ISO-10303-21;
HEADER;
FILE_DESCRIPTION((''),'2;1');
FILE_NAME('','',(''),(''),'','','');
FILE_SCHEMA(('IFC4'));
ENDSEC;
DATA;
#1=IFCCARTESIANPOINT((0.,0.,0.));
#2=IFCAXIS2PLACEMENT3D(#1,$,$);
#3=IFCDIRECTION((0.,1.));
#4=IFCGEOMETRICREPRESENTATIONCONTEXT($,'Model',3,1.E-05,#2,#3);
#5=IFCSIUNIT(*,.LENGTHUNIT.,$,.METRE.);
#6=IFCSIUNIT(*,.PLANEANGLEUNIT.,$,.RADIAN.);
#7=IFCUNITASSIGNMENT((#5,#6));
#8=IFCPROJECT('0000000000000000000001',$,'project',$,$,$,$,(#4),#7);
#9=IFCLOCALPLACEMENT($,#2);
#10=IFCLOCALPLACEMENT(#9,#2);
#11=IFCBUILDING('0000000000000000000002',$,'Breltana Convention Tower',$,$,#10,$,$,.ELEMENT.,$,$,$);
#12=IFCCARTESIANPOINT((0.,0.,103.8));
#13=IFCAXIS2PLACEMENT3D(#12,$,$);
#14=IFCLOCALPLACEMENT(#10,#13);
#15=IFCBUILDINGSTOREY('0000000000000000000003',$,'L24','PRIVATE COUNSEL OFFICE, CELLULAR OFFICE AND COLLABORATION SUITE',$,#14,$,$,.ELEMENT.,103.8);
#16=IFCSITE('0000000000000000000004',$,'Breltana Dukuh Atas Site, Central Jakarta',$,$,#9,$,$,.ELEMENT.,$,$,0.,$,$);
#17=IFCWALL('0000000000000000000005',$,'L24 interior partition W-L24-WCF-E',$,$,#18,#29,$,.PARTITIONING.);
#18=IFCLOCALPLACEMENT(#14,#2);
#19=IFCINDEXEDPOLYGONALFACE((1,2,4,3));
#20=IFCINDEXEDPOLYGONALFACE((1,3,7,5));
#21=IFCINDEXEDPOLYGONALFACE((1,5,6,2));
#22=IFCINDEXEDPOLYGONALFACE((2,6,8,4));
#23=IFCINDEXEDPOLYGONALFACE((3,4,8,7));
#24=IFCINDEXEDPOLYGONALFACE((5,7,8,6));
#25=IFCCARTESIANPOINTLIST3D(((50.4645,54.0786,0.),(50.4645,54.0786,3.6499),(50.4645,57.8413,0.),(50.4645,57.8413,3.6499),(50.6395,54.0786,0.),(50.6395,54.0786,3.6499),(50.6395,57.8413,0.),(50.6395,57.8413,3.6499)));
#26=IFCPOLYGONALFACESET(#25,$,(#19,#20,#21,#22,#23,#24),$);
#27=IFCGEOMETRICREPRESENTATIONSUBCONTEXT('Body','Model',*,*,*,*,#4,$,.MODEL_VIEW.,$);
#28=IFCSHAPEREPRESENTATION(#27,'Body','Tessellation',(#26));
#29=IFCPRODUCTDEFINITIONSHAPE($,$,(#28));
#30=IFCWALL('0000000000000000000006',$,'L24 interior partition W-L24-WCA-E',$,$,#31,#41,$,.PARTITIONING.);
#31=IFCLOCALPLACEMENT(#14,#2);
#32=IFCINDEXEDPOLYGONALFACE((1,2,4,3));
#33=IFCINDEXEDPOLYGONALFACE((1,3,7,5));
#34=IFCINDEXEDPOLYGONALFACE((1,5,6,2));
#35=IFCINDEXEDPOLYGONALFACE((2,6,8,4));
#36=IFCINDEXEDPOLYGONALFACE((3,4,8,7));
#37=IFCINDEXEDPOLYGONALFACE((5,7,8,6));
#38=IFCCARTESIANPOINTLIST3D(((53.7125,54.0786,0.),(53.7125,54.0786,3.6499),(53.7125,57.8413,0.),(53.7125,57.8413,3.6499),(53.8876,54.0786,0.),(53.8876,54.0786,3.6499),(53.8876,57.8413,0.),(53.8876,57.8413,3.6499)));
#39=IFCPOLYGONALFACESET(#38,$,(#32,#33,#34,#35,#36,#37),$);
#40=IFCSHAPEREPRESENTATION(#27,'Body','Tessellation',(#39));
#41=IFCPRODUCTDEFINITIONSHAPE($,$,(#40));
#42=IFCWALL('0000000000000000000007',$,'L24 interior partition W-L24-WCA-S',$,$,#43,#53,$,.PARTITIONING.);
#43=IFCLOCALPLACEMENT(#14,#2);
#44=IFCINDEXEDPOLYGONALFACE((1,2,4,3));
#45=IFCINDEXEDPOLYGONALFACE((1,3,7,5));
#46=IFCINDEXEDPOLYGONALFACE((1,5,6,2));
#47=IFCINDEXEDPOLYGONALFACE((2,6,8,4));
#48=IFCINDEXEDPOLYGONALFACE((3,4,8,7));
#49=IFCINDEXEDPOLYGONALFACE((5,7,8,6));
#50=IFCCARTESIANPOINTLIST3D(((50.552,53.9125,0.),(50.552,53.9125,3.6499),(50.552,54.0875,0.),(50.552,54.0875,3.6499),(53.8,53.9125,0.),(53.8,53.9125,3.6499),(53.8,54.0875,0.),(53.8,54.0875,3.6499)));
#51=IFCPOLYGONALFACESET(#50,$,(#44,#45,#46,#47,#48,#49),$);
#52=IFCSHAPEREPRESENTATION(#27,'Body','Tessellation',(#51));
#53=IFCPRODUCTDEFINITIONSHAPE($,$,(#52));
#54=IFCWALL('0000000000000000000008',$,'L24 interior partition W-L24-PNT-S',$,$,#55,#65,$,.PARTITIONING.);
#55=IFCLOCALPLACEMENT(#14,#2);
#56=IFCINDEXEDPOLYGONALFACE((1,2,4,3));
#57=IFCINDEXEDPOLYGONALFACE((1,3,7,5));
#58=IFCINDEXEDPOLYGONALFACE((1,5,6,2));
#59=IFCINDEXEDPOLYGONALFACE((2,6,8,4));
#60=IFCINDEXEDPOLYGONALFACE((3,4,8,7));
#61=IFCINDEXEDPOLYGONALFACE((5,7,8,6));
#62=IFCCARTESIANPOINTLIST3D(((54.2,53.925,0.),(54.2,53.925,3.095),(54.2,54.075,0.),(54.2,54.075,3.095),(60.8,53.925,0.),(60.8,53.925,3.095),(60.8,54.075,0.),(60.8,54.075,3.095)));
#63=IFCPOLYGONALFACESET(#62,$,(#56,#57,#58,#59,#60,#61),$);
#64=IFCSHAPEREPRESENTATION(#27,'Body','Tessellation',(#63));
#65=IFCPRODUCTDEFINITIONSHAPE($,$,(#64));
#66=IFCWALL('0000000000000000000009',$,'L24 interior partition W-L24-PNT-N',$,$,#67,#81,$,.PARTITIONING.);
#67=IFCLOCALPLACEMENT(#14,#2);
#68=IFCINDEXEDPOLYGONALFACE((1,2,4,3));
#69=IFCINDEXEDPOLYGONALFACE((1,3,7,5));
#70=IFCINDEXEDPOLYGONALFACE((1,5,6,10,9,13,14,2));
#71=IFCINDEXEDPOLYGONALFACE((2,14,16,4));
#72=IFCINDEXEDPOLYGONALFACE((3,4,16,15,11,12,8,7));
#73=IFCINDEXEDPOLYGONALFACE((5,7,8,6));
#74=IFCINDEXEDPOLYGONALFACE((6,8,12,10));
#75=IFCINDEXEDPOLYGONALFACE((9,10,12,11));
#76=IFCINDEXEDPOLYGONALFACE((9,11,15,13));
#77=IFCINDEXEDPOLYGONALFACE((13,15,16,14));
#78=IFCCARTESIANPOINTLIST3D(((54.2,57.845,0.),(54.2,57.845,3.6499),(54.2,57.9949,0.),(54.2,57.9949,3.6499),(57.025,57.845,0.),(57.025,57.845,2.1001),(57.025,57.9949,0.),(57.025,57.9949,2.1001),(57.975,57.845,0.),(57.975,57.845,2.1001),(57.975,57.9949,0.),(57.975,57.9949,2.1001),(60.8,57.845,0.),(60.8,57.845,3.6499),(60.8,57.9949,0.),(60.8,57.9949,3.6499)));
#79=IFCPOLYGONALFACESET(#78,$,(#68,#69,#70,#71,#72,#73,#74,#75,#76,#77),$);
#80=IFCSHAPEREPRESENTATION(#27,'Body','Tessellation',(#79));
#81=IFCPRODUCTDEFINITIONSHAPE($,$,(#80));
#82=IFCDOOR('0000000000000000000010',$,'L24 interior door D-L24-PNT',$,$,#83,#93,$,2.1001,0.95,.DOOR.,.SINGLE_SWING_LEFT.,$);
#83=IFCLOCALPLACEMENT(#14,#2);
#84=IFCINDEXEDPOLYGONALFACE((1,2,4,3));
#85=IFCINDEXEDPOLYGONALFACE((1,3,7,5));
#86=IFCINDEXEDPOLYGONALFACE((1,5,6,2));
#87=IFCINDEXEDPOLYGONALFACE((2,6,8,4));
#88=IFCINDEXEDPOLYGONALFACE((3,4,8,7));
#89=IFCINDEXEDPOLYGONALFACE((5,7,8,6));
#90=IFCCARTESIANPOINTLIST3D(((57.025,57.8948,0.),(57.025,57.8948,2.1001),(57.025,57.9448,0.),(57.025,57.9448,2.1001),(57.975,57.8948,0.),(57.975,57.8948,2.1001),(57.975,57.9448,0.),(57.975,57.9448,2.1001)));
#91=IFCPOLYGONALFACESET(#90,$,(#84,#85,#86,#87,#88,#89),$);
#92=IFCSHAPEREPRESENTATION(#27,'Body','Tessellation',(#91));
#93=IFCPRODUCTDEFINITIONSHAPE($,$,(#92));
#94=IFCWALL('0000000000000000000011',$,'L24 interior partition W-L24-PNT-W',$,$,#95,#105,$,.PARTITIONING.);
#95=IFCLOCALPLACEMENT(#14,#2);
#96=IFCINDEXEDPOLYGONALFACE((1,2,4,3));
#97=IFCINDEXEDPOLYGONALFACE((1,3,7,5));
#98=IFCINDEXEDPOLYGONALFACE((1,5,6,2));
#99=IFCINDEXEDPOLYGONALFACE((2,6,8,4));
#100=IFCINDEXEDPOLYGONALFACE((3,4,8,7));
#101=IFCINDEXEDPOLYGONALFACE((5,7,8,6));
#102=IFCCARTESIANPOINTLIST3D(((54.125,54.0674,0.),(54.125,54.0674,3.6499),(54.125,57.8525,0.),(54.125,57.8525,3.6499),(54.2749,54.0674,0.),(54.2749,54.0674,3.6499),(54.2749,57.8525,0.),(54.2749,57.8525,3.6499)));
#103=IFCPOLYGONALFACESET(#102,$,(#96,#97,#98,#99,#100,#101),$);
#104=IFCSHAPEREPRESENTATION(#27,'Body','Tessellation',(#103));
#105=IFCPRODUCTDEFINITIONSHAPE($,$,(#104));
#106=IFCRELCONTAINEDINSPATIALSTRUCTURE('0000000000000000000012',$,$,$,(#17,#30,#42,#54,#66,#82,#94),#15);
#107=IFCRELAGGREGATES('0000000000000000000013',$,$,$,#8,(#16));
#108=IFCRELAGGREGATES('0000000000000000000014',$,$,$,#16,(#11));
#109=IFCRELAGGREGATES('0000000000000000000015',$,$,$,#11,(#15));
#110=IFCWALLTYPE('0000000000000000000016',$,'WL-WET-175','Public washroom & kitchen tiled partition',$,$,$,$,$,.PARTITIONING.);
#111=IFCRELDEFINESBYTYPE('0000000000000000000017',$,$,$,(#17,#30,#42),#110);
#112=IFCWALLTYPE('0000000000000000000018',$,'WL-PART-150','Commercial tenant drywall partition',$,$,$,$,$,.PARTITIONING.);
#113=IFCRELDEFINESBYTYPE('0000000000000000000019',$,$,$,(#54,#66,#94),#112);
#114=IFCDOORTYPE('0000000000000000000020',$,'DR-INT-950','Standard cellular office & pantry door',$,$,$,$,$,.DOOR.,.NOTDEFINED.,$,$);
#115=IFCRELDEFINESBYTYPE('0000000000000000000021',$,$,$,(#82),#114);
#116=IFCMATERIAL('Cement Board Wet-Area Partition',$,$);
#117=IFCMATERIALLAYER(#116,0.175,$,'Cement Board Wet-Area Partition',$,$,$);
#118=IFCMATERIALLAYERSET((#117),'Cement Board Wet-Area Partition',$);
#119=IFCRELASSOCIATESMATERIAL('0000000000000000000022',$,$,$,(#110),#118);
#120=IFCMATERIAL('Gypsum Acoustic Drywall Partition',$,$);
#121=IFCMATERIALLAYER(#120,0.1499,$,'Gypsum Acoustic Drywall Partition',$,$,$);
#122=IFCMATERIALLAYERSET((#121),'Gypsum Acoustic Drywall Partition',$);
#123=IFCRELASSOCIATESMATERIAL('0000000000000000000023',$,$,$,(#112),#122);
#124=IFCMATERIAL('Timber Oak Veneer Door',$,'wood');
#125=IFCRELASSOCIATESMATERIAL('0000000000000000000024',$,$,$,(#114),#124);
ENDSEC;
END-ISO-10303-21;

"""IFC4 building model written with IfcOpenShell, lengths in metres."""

from ifc_helpers import new_model, si_unit, direction, frame, frame_2d, origin, place, context, subcontext, project, spatial, rectangle, extrude, source, transform, mapped, material, layer, layer_set, type_object, type_shapes, element, fill, save


model = new_model("IFC4")

# Units and contexts
model_context = context("Model", 3, precision=1e-05, world=origin(), true_north=direction((0.0, 1.0)))
body_context = subcontext(model_context, "Body", "Model", "MODEL_VIEW")
ifc_project = project(units=[si_unit("LENGTHUNIT", "METRE"), si_unit("PLANEANGLEUNIT", "RADIAN")], contexts=[model_context])

# Site, building, storey
site_placement = place(None, origin())
site = spatial("IfcSite", under=ifc_project, at=site_placement, Name="Breltana Dukuh Atas Site, Central Jakarta", CompositionType="ELEMENT", RefElevation=0.0)
building_placement = place(site_placement, origin())
building = spatial("IfcBuilding", under=site, at=building_placement, Name="Breltana Convention Tower", CompositionType="ELEMENT")
storey_placement = place(building_placement, frame((0.0, 0.0, 103.8)))
storey = spatial("IfcBuildingStorey", under=building, at=storey_placement, Name="L24", Description="PRIVATE COUNSEL OFFICE, CELLULAR OFFICE AND COLLABORATION SUITE", CompositionType="ELEMENT", Elevation=103.8)

# Walls
ifc_material_1 = material(Name="Cement Board Wet-Area Partition")
ifc_layer_1 = layer(ifc_material_1, 0.175, Name="Cement Board Wet-Area Partition")
ifc_layer_set_1 = layer_set([ifc_layer_1], Name="Cement Board Wet-Area Partition")
wall_type_1 = type_object("IfcWallType", Name="WL-WET-175", Description="Public washroom & kitchen tiled partition", PredefinedType="PARTITIONING", material=ifc_layer_set_1)
shared_shape_1 = source(origin(), body_context, "Body", "SweptSolid", [
    extrude(rectangle(XDim=3.7627, YDim=0.175, at=frame_2d((1.8813, 0.0))), origin(), (0.0, 0.0, 1.0), 3.6499),
])
for number, where, z_axis, x_axis, name in (
    (1, (50.552, 54.0786, 0.0), (0.0, 0.0, 1.0), (0.0, 1.0, 0.0), "L24 interior partition W-L24-WCF-E"),
    (2, (53.8, 54.0786, 0.0), (0.0, 0.0, 1.0), (0.0, 1.0, 0.0), "L24 interior partition W-L24-WCA-E"),
):
    element("IfcWall", number, at=place(storey_placement, frame(where, z_axis=z_axis, x_axis=x_axis)), inside=storey, type_object=wall_type_1, Name=name, PredefinedType="PARTITIONING", context=body_context, shape_type="MappedRepresentation", body=[
        mapped(shared_shape_1, transform((0.0, 0.0, 0.0), scale=1.0)),
    ])
shared_shape_2 = source(origin(), body_context, "Body", "SweptSolid", [
    extrude(rectangle(XDim=3.248, YDim=0.175, at=frame_2d((1.624, 0.0))), origin(), (0.0, 0.0, 1.0), 3.6499),
])
wall_1_placement = place(storey_placement, frame((50.552, 54.0, 0.0), z_axis=(0.0, 0.0, 1.0), x_axis=(1.0, 0.0, 0.0)))
element("IfcWall", 3, at=wall_1_placement, inside=storey, type_object=wall_type_1, Name="L24 interior partition W-L24-WCA-S", PredefinedType="PARTITIONING", context=body_context, shape_type="MappedRepresentation", body=[
    mapped(shared_shape_2, transform((0.0, 0.0, 0.0), scale=1.0)),
])

# Wall
ifc_material_2 = material(Name="Gypsum Acoustic Drywall Partition")
ifc_layer_2 = layer(ifc_material_2, 0.1499, Name="Gypsum Acoustic Drywall Partition")
ifc_layer_set_2 = layer_set([ifc_layer_2], Name="Gypsum Acoustic Drywall Partition")
wall_type_2 = type_object("IfcWallType", Name="WL-PART-150", Description="Commercial tenant drywall partition", PredefinedType="PARTITIONING", material=ifc_layer_set_2)
shared_shape_3 = source(origin(), body_context, "Body", "SweptSolid", [
    extrude(rectangle(XDim=6.6001, YDim=0.1499, at=frame_2d((3.3, 0.0))), origin(), (0.0, 0.0, 1.0), 3.095),
])
wall_2_placement = place(storey_placement, frame((54.2, 54.0, 0.0), z_axis=(0.0, 0.0, 1.0), x_axis=(1.0, 0.0, 0.0)))
element("IfcWall", 4, at=wall_2_placement, inside=storey, type_object=wall_type_2, Name="L24 interior partition W-L24-PNT-S", PredefinedType="PARTITIONING", context=body_context, shape_type="MappedRepresentation", body=[
    mapped(shared_shape_3, transform((0.0, 0.0, 0.0), scale=1.0)),
])

# Wall, opening, door
shared_shape_4 = source(origin(), body_context, "Body", "SweptSolid", [
    extrude(rectangle(XDim=6.6001, YDim=0.1499, at=frame_2d((3.3, 0.0))), origin(), (0.0, 0.0, 1.0), 3.6499),
])
wall_3_placement = place(storey_placement, frame((54.2, 57.9199, 0.0), z_axis=(0.0, 0.0, 1.0), x_axis=(1.0, 0.0, 0.0)))
wall_3 = element("IfcWall", 5, at=wall_3_placement, inside=storey, type_object=wall_type_2, Name="L24 interior partition W-L24-PNT-N", PredefinedType="PARTITIONING", context=body_context, shape_type="MappedRepresentation", body=[
    mapped(shared_shape_4, transform((0.0, 0.0, 0.0), scale=1.0)),
])
opening_1_placement = place(wall_3_placement, frame((2.825, 0.0, 0.0)))
opening_1 = element("IfcOpeningElement", 6, at=opening_1_placement, cuts=wall_3, PredefinedType="OPENING", context=body_context, shape_type="SweptSolid", body=[
    extrude(rectangle(XDim=0.95, YDim=2.1001, at=frame_2d((0.4751, 1.05))), frame((0.0, 0.085, 0.0), z_axis=(0.0, -1.0, 0.0), x_axis=(1.0, 0.0, 0.0)), (0.0, 0.0, 1.0), 0.1699),
])
ifc_material_3 = material(Name="Timber Oak Veneer Door", Category="wood")
door_type_1 = type_object("IfcDoorType", Name="DR-INT-950", Description="Standard cellular office & pantry door", OperationType="NOTDEFINED", PredefinedType="DOOR", material=ifc_material_3)
shared_shape_5 = source(origin(), body_context, "Body", "SweptSolid", [
    extrude(rectangle(XDim=0.95, YDim=2.1001, at=frame_2d((0.4751, 1.05))), frame((0.0, 0.0249, 0.0), z_axis=(0.0, -1.0, 0.0), x_axis=(1.0, 0.0, 0.0)), (0.0, 0.0, 1.0), 0.05),
])
type_shapes(door_type_1, [shared_shape_5])
door_1_placement = place(opening_1_placement, origin())
door_1 = element("IfcDoor", 7, at=door_1_placement, inside=storey, type_object=door_type_1, Name="L24 interior door D-L24-PNT", OperationType="SINGLE_SWING_LEFT", OverallHeight=2.1001, OverallWidth=0.95, PredefinedType="DOOR", context=body_context, shape_type="MappedRepresentation", body=[
    mapped(shared_shape_5, transform((0.0, 0.0, 0.0), scale=1.0)),
])
fill(opening_1, door_1)

# Wall
shared_shape_6 = source(origin(), body_context, "Body", "SweptSolid", [
    extrude(rectangle(XDim=3.7852, YDim=0.1499, at=frame_2d((1.8926, 0.0))), origin(), (0.0, 0.0, 1.0), 3.6499),
])
wall_4_placement = place(storey_placement, frame((54.2, 54.0674, 0.0), z_axis=(0.0, 0.0, 1.0), x_axis=(0.0, 1.0, 0.0)))
element("IfcWall", 8, at=wall_4_placement, inside=storey, type_object=wall_type_2, Name="L24 interior partition W-L24-PNT-W", PredefinedType="PARTITIONING", context=body_context, shape_type="MappedRepresentation", body=[
    mapped(shared_shape_6, transform((0.0, 0.0, 0.0), scale=1.0)),
])

save(model, "model.ifc")
